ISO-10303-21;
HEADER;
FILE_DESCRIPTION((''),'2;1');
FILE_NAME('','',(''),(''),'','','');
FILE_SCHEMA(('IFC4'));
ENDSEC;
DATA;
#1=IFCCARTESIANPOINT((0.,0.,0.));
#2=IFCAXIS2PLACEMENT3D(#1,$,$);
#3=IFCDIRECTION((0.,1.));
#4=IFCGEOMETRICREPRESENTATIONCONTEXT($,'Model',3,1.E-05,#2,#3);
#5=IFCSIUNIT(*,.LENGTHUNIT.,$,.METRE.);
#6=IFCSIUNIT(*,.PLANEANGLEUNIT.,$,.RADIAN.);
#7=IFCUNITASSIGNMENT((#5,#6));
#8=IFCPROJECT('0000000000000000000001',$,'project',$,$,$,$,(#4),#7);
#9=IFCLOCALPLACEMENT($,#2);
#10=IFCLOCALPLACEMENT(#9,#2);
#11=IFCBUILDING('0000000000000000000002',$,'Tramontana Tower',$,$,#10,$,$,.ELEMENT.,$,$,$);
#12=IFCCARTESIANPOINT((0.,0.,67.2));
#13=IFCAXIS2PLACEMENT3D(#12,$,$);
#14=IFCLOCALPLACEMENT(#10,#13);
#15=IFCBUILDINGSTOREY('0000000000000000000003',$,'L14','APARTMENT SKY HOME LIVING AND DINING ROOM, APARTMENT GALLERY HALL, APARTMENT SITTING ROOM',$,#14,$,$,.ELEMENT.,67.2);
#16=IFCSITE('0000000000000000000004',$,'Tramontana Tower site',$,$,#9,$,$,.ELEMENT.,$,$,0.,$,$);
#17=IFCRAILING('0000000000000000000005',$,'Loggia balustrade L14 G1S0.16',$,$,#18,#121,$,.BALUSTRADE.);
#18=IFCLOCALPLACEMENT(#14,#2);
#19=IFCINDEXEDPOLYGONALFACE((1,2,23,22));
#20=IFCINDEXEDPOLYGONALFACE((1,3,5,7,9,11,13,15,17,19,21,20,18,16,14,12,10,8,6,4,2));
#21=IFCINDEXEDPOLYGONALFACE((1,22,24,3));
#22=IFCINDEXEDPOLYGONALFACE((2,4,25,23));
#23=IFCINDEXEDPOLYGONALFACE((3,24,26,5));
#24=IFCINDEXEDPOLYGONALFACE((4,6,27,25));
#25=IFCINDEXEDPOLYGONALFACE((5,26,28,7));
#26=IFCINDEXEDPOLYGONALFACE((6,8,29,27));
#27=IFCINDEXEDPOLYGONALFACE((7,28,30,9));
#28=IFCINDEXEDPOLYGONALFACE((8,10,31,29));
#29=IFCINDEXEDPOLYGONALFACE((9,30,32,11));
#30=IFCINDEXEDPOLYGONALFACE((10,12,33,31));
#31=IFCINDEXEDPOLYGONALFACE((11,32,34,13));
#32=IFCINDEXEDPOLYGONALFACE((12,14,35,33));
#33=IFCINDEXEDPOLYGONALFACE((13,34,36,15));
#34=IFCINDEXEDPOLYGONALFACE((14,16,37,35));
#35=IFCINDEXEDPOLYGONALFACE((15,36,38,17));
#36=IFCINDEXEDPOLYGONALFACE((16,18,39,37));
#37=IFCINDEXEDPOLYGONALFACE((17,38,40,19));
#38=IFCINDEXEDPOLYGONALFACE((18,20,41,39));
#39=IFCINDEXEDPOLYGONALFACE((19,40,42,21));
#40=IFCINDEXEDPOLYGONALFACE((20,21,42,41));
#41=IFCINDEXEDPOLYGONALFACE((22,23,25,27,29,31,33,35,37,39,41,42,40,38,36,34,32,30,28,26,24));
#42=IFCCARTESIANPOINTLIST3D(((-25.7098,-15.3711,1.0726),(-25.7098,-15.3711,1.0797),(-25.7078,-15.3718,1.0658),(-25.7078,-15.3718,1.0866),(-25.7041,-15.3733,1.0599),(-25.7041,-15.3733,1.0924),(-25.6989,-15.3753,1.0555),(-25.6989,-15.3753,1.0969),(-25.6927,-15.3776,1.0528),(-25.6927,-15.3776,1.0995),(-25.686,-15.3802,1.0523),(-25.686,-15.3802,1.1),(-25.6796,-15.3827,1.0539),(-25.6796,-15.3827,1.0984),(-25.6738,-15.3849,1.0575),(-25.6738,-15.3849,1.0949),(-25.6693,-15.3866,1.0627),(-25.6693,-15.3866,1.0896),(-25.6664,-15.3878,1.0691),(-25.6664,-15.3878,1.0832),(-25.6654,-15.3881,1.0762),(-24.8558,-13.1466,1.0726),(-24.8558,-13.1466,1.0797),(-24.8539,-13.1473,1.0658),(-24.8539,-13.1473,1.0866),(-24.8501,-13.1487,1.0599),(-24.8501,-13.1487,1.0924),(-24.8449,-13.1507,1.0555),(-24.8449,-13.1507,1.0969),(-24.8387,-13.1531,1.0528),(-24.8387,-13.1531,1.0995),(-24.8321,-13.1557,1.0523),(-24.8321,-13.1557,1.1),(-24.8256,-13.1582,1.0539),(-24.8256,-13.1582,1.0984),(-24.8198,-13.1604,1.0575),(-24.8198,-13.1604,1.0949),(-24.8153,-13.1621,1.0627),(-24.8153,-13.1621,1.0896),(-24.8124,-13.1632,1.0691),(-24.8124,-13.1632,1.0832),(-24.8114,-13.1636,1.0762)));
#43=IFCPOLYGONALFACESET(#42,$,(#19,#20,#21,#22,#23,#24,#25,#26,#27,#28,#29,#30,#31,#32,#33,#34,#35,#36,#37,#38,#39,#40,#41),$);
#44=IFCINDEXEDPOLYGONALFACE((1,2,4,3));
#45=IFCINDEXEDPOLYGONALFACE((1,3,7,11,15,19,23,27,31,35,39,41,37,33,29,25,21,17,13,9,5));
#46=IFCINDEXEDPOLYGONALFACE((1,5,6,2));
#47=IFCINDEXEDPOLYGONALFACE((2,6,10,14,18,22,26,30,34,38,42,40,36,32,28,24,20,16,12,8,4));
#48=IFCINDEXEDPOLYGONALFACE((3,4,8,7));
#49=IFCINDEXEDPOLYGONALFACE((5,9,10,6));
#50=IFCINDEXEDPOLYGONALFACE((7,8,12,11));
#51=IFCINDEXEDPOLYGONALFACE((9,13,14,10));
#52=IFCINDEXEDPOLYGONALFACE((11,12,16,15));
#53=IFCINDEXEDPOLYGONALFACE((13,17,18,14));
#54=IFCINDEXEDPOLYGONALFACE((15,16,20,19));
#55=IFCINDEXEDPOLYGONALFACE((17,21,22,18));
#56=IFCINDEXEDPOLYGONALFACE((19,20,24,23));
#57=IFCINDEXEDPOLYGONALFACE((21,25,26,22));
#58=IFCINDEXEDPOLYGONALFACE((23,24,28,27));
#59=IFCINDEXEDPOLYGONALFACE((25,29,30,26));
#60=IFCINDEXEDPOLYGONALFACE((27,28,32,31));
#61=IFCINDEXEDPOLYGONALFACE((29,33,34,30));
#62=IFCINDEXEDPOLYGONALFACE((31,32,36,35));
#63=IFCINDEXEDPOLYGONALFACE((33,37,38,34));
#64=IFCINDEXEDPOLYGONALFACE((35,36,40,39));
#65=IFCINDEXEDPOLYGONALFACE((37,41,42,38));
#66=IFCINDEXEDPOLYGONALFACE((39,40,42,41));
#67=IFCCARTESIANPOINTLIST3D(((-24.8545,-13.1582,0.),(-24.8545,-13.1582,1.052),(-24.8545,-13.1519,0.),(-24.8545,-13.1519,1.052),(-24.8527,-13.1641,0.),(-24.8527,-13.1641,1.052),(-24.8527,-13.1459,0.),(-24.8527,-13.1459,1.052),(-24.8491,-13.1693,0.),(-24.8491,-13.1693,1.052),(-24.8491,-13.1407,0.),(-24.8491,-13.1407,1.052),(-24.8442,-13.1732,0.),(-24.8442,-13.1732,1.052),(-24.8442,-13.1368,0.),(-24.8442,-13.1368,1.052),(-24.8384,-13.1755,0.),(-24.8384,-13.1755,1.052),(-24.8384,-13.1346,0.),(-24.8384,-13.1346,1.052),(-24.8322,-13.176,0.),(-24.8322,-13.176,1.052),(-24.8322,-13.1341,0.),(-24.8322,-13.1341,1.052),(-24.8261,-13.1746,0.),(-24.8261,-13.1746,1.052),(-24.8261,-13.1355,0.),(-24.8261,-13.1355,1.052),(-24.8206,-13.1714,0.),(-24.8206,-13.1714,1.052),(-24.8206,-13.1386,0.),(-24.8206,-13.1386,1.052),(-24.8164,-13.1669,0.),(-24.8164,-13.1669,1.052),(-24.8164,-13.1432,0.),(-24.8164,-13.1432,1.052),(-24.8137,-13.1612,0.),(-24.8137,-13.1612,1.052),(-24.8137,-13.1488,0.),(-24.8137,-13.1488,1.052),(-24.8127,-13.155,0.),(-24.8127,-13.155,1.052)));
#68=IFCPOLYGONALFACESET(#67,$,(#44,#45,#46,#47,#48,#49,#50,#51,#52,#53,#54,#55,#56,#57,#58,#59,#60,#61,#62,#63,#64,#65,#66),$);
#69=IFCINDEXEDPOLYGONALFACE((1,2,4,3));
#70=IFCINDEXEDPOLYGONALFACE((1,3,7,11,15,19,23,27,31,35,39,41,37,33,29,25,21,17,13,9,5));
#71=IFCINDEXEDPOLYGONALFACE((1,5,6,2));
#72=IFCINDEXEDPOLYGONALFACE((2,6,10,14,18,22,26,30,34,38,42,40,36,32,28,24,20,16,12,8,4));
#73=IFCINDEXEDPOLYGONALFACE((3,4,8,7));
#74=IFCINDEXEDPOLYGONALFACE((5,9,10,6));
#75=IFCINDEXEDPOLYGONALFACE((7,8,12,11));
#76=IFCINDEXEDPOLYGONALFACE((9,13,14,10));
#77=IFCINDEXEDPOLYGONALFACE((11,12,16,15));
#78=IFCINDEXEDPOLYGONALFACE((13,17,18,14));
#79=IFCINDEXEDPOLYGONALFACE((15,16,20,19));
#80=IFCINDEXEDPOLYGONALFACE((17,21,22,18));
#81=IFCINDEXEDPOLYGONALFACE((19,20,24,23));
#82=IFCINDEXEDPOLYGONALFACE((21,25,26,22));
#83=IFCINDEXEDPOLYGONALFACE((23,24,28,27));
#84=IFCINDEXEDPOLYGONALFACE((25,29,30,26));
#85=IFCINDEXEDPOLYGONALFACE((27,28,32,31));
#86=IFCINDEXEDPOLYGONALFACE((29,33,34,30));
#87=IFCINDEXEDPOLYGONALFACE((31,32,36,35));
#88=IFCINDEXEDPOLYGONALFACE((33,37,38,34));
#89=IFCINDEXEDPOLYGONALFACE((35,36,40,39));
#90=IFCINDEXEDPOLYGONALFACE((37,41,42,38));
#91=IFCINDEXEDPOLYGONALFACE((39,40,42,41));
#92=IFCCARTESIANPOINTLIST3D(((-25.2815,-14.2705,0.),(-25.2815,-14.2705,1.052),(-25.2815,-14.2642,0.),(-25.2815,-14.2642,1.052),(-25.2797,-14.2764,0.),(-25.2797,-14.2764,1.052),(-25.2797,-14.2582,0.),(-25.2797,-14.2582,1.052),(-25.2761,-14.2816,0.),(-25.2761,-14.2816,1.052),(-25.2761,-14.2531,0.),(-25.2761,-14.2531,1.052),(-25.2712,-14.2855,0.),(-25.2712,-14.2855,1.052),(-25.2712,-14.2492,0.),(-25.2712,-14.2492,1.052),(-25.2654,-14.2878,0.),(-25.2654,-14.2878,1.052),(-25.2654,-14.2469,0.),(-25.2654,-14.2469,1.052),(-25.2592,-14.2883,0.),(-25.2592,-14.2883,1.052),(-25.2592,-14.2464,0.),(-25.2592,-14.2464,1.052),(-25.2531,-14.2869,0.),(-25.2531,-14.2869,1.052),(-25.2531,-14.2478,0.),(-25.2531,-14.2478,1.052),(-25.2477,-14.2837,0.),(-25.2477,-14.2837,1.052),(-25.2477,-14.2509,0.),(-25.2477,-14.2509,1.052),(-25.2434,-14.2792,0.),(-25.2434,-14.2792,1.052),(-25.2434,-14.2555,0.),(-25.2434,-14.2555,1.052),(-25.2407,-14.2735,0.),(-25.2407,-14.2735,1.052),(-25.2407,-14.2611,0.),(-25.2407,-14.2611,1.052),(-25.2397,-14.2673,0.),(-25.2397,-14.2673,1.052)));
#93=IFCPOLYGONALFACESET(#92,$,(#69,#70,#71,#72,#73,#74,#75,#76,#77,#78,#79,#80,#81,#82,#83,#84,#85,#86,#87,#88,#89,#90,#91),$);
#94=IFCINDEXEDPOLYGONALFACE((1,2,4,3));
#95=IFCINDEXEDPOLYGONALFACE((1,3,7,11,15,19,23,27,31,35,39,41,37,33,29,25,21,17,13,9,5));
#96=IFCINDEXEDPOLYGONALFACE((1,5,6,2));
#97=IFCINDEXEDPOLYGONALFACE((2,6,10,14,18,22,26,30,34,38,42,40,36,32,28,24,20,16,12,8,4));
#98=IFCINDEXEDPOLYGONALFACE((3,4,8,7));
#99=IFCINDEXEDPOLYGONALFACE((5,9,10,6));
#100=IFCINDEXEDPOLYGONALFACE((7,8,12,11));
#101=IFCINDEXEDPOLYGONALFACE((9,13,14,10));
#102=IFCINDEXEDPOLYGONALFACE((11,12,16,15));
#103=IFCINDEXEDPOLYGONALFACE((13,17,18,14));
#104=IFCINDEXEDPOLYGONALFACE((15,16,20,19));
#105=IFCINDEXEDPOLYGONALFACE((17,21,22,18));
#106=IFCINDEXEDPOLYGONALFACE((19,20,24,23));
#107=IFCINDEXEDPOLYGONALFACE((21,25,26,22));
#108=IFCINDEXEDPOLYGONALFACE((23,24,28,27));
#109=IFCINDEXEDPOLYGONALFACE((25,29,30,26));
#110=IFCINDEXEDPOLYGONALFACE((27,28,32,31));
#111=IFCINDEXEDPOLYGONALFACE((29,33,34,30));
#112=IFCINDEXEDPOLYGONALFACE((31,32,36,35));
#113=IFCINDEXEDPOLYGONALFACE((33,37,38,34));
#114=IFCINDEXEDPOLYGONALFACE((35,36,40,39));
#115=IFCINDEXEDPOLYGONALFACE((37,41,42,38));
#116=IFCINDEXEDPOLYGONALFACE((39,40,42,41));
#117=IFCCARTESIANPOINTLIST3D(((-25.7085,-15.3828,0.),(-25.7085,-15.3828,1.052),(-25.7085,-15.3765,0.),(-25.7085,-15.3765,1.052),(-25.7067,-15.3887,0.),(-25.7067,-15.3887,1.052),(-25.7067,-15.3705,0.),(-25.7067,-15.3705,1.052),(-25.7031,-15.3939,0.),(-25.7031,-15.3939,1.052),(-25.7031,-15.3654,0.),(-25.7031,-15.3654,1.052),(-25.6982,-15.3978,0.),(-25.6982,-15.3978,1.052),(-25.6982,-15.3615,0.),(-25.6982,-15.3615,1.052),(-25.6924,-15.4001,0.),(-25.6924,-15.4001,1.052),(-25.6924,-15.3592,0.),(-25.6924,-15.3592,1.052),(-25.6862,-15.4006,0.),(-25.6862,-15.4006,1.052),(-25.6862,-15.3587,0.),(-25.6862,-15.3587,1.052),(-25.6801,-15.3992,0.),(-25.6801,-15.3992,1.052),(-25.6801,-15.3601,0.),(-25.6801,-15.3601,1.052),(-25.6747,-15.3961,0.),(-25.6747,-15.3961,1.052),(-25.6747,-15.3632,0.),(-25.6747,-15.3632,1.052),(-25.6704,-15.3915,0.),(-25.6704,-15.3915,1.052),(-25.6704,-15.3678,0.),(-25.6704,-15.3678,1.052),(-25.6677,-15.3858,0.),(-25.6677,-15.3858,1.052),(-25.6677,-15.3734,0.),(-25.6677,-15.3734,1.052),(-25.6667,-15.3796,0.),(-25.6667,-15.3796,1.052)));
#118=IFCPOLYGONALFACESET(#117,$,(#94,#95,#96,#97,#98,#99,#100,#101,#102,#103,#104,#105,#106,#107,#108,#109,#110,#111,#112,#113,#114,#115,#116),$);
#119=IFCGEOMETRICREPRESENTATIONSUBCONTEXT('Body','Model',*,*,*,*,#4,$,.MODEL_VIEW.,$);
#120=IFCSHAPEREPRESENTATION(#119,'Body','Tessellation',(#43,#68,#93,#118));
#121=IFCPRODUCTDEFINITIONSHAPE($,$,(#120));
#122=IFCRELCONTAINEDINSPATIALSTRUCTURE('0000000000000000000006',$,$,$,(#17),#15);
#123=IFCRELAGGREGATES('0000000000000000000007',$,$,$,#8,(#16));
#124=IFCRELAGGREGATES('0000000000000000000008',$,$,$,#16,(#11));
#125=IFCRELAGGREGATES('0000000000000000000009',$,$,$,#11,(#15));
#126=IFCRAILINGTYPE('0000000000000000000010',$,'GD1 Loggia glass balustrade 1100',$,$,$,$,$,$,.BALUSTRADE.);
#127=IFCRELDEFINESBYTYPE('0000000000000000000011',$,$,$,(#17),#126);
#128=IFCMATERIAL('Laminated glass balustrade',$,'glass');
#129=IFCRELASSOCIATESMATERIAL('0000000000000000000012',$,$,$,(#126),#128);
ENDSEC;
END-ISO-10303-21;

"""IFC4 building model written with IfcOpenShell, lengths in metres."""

from ifc_helpers import new_model, si_unit, direction, frame, origin, origin_2d, place, context, subcontext, project, spatial, circle, extrude, material, type_object, element, save


model = new_model("IFC4")

# Units and contexts
model_context = context("Model", 3, precision=1e-05, world=origin(), true_north=direction((0.0, 1.0)))
body_context = subcontext(model_context, "Body", "Model", "MODEL_VIEW")
ifc_project = project(units=[si_unit("LENGTHUNIT", "METRE"), si_unit("PLANEANGLEUNIT", "RADIAN")], contexts=[model_context])

# Site, building, storey
site_placement = place(None, origin())
site = spatial("IfcSite", under=ifc_project, at=site_placement, Name="Tramontana Tower site", CompositionType="ELEMENT", RefElevation=0.0)
building_placement = place(site_placement, origin())
building = spatial("IfcBuilding", under=site, at=building_placement, Name="Tramontana Tower", CompositionType="ELEMENT")
storey_placement = place(building_placement, frame((0.0, 0.0, 67.2)))
storey = spatial("IfcBuildingStorey", under=building, at=storey_placement, Name="L14", Description="APARTMENT SKY HOME LIVING AND DINING ROOM, APARTMENT GALLERY HALL, APARTMENT SITTING ROOM", CompositionType="ELEMENT", Elevation=67.2)

# Railing
ifc_material_1 = material(Name="Laminated glass balustrade", Category="glass")
railing_type = type_object("IfcRailingType", Name="GD1 Loggia glass balustrade 1100", PredefinedType="BALUSTRADE", material=ifc_material_1)
railing_1_placement = place(storey_placement, frame((-24.8337, -13.155, 0.0)))
element("IfcRailing", 1, at=railing_1_placement, inside=storey, type_object=railing_type, Name="Loggia balustrade L14 G1S0.16", PredefinedType="BALUSTRADE", context=body_context, shape_type="SweptSolid", body=[
    extrude(circle(Radius=0.0239, at=origin_2d()), frame((0.0, 0.0, 1.0762), z_axis=(-0.358389, -0.933573, 0.0), x_axis=(0.933573, -0.358389, 0.0)), (0.0, 0.0, 1.0), 2.3828),
    extrude(circle(Radius=0.021, at=origin_2d()), origin(), (0.0, 0.0, 1.0), 1.052),
    extrude(circle(Radius=0.021, at=origin_2d()), frame((-0.427, -1.1123, 0.0)), (0.0, 0.0, 1.0), 1.052),
    extrude(circle(Radius=0.021, at=origin_2d()), frame((-0.854, -2.2246, 0.0)), (0.0, 0.0, 1.0), 1.052),
])

save(model, "model.ifc")
